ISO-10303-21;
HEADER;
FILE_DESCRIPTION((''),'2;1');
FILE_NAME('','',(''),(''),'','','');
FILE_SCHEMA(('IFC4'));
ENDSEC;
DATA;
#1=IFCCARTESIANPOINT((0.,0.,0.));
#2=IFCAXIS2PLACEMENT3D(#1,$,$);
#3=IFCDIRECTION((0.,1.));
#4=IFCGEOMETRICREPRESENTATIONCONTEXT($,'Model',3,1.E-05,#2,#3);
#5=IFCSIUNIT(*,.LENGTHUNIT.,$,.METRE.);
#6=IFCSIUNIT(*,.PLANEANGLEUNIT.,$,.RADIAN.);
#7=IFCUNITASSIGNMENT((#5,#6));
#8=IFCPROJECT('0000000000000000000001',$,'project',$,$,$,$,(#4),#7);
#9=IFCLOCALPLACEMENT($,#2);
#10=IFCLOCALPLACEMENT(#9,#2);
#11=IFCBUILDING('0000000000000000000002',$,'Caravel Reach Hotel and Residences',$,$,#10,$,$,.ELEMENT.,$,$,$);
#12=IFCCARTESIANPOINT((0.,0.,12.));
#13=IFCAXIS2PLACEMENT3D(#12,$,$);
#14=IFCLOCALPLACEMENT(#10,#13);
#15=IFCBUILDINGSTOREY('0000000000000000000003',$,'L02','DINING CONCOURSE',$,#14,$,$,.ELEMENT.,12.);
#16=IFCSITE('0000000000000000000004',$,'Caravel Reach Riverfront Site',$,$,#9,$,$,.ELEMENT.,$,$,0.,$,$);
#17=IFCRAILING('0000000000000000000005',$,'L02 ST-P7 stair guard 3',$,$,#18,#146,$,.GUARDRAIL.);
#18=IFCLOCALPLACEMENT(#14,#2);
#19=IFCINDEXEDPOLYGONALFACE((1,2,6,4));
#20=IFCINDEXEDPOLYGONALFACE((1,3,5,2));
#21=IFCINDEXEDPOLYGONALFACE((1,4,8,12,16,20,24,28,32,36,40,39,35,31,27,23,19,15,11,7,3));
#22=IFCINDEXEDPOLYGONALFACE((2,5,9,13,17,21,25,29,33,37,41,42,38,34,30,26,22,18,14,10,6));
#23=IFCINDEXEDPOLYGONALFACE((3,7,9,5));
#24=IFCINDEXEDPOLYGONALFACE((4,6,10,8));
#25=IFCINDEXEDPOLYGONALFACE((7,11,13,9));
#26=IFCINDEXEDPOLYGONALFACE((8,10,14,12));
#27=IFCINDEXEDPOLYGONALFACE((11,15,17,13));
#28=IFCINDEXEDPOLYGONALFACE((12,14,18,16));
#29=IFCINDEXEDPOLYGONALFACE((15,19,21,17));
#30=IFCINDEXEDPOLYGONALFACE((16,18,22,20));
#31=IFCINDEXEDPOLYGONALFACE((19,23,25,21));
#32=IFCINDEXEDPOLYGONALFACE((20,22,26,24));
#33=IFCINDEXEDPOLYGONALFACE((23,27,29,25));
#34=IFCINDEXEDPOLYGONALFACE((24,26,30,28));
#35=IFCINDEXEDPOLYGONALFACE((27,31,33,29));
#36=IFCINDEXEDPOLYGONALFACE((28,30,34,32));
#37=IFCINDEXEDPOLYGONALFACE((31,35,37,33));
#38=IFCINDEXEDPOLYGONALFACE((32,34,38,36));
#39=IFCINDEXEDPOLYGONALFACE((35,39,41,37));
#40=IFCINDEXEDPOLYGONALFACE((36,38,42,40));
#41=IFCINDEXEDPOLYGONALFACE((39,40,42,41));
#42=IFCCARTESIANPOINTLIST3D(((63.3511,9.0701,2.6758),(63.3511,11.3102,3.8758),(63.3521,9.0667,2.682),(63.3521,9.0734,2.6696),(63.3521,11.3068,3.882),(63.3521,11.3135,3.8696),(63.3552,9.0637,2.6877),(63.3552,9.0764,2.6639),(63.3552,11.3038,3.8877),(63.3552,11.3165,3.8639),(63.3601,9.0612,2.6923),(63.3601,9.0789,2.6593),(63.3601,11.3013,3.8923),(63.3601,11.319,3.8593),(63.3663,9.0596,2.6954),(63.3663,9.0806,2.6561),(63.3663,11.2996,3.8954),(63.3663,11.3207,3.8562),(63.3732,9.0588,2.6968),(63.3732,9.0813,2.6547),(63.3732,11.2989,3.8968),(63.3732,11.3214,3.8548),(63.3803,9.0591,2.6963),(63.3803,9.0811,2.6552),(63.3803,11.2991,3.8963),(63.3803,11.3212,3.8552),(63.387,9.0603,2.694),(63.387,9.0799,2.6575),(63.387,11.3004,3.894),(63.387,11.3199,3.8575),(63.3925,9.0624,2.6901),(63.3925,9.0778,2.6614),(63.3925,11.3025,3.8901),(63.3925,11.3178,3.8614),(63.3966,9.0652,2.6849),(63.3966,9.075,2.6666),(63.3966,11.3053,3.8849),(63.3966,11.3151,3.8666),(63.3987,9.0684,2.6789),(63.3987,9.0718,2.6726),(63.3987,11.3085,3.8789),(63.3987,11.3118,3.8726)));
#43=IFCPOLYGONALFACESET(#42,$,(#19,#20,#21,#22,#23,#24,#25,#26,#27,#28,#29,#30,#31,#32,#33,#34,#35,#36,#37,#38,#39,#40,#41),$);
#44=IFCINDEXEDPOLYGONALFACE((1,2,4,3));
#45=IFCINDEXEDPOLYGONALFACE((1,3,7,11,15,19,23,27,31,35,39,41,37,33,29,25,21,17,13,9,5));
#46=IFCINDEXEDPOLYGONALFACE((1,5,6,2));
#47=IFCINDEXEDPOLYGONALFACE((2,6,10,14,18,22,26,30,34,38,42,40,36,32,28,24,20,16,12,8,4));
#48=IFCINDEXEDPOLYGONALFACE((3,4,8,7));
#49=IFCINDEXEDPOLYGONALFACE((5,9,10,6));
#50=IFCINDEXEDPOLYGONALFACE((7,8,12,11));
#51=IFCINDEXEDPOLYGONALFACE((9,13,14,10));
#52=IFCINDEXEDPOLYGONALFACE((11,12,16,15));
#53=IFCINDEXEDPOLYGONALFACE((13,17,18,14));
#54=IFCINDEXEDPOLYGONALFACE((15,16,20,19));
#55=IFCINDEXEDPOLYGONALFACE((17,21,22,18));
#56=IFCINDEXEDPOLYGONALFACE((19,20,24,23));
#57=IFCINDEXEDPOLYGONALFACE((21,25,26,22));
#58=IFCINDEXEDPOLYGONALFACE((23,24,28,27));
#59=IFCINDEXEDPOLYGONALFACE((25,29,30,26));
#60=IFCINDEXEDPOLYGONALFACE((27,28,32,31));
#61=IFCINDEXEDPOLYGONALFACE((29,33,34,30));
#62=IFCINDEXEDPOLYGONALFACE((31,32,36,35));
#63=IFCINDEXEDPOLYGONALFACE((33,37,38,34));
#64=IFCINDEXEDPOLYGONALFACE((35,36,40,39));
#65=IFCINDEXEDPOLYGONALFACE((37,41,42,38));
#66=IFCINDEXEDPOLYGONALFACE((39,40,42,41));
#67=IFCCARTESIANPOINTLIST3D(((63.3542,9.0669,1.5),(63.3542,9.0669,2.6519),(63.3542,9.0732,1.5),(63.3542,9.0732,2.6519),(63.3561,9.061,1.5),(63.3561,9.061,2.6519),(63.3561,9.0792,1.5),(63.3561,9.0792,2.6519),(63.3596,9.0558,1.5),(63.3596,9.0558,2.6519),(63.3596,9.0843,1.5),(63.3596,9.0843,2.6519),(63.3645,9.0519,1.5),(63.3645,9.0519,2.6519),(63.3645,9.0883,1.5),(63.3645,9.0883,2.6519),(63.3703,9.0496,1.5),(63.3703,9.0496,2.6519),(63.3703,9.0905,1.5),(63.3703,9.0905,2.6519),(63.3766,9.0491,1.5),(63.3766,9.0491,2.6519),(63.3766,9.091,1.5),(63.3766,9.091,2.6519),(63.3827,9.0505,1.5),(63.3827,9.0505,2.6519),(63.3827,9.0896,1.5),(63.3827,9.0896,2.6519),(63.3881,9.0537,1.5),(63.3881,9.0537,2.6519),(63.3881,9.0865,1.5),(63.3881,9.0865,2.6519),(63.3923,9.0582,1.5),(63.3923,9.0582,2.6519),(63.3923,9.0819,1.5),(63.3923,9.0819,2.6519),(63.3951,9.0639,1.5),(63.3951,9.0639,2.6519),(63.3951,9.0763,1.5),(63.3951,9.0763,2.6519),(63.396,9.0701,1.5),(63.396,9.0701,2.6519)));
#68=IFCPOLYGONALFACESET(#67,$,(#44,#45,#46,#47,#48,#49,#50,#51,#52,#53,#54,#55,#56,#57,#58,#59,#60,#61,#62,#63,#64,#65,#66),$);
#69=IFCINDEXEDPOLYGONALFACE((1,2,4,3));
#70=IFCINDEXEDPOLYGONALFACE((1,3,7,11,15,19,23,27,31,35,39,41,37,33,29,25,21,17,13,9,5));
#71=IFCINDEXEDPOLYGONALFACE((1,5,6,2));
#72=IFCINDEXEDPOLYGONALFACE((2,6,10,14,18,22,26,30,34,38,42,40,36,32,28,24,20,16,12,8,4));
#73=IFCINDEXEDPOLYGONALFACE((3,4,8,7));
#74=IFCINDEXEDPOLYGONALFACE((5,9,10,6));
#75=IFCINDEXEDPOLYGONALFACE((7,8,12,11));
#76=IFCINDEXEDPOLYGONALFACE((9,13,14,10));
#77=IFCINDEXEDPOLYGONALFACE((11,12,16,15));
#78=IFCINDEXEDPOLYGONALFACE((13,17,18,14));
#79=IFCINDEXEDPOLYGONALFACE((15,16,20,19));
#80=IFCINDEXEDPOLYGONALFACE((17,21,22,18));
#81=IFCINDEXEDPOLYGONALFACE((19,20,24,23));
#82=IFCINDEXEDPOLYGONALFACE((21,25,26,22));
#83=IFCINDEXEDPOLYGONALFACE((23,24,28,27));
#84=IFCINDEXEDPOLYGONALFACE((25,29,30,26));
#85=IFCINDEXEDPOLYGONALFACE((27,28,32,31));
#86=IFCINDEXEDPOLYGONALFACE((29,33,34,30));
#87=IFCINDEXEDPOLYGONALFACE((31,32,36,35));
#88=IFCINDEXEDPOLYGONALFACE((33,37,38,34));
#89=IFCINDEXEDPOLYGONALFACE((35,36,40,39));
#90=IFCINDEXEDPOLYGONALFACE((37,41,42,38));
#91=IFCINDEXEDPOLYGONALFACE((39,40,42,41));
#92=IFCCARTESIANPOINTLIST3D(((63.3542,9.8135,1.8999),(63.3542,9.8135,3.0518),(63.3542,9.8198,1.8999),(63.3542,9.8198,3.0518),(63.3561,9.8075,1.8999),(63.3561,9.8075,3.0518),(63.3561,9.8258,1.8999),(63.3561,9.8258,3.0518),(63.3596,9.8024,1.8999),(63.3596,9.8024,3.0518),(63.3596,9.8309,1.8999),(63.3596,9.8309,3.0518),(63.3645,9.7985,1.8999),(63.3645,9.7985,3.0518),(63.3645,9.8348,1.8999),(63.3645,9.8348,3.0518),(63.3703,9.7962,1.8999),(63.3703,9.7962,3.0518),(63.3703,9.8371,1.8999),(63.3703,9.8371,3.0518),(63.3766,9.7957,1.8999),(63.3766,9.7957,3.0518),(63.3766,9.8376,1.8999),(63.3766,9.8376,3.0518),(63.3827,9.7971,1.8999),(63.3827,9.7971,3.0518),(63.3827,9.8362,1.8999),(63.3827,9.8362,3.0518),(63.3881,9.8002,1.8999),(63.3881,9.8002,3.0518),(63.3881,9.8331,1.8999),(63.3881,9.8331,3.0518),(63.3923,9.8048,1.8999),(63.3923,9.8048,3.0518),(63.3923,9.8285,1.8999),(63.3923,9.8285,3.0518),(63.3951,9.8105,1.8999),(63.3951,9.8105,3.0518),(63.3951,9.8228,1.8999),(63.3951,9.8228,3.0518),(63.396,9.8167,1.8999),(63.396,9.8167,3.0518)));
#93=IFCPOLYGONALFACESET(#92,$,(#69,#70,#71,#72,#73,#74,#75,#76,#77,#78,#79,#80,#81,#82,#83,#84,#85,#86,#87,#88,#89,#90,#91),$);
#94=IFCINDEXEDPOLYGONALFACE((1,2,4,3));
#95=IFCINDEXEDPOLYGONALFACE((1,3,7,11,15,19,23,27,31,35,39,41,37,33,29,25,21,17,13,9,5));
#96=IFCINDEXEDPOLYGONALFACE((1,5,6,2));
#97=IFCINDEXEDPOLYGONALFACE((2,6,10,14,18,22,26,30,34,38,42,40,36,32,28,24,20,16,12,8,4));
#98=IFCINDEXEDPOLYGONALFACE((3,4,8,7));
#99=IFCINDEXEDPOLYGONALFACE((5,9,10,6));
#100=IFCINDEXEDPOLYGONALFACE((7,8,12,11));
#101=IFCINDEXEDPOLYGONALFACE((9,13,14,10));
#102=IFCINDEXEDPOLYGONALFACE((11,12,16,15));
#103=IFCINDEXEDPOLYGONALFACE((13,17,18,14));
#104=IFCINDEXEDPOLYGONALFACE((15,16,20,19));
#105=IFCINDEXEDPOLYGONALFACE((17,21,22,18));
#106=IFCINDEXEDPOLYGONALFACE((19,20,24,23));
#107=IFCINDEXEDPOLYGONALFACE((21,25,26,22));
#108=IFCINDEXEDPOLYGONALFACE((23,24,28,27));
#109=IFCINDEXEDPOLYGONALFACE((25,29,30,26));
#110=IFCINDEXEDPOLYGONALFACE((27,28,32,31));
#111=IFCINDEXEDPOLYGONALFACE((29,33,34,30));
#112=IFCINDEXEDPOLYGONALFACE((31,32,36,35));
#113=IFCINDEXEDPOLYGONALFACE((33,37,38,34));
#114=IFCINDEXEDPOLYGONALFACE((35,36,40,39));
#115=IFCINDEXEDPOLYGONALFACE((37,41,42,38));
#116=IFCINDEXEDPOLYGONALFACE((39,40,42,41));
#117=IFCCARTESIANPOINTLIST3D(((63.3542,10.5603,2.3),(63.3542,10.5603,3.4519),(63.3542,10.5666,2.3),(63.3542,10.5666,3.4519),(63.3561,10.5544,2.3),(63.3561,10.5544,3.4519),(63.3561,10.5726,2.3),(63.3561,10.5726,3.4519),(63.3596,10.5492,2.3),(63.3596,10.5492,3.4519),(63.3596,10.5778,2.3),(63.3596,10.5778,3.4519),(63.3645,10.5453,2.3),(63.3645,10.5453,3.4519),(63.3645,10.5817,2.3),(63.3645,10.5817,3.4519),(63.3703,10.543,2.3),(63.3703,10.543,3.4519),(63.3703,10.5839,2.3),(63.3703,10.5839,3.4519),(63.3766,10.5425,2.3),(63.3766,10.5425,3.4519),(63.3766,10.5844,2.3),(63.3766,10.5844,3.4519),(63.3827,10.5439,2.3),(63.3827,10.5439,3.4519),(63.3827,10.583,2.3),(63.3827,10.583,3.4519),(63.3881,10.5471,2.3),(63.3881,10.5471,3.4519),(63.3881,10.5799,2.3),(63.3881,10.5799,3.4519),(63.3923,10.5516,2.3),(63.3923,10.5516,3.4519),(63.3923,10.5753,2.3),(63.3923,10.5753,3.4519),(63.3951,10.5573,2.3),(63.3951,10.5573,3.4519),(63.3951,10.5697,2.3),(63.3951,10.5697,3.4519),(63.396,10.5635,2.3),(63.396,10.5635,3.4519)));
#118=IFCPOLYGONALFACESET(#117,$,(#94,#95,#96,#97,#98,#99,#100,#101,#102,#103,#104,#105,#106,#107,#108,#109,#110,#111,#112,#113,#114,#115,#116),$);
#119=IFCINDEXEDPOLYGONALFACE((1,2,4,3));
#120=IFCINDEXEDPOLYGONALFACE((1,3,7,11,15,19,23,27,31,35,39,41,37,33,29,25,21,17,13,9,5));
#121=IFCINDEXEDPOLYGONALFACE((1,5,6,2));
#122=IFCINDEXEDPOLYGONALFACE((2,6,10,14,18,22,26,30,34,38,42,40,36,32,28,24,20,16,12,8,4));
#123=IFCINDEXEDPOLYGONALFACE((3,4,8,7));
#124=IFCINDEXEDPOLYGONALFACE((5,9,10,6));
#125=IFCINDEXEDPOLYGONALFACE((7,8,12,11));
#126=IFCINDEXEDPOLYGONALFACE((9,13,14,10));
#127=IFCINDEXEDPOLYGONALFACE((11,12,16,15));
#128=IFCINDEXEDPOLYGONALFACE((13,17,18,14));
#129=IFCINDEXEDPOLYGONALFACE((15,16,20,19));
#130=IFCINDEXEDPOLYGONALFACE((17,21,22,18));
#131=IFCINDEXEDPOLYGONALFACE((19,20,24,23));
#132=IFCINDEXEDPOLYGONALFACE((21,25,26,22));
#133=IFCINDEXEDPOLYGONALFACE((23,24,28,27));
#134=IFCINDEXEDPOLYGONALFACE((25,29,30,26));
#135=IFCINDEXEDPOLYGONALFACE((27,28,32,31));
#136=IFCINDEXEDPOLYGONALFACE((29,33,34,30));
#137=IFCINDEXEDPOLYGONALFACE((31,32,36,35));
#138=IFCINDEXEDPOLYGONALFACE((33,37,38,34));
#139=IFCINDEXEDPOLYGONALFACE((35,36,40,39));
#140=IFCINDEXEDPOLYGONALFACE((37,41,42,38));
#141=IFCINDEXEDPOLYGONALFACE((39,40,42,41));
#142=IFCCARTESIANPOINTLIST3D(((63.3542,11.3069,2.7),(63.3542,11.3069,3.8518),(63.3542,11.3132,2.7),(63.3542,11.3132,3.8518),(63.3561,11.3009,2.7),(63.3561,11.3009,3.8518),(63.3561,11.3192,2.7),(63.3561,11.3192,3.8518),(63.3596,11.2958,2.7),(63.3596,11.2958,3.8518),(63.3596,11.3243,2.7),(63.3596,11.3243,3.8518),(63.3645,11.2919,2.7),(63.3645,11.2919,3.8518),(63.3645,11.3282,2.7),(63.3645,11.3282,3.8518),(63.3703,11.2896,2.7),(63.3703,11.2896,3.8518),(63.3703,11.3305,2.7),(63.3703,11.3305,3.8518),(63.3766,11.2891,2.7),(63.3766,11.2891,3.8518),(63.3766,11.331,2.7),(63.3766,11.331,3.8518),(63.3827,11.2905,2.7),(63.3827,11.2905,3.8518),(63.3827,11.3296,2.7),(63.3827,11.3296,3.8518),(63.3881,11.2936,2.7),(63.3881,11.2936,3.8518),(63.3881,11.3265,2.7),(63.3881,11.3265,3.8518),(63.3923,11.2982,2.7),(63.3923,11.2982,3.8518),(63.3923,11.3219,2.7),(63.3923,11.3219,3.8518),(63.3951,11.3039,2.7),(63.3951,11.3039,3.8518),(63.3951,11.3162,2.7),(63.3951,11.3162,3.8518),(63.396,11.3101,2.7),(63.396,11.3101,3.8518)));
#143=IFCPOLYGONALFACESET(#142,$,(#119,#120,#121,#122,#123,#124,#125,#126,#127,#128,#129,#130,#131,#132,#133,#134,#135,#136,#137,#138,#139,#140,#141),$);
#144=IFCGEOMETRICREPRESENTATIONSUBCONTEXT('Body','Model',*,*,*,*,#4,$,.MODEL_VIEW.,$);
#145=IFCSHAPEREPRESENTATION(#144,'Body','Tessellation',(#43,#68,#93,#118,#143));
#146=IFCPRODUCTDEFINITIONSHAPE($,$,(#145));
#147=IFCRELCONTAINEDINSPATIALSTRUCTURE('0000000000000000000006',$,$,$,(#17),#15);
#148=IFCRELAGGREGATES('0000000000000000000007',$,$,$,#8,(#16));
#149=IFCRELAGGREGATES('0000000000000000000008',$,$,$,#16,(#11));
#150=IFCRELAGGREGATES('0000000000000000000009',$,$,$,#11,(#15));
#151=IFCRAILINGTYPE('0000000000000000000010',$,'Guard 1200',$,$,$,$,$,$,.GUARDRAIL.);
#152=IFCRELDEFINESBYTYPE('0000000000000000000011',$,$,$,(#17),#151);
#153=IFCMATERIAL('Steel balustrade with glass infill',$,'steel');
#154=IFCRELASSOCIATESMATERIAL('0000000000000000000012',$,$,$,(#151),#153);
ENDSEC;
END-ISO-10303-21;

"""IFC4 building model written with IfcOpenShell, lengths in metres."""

from ifc_helpers import new_model, si_unit, direction, frame, origin, origin_2d, place, context, subcontext, project, spatial, circle, extrude, material, type_object, element, save


model = new_model("IFC4")

# Units and contexts
model_context = context("Model", 3, precision=1e-05, world=origin(), true_north=direction((0.0, 1.0)))
body_context = subcontext(model_context, "Body", "Model", "MODEL_VIEW")
ifc_project = project(units=[si_unit("LENGTHUNIT", "METRE"), si_unit("PLANEANGLEUNIT", "RADIAN")], contexts=[model_context])

# Site, building, storey
site_placement = place(None, origin())
site = spatial("IfcSite", under=ifc_project, at=site_placement, Name="Caravel Reach Riverfront Site", CompositionType="ELEMENT", RefElevation=0.0)
building_placement = place(site_placement, origin())
building = spatial("IfcBuilding", under=site, at=building_placement, Name="Caravel Reach Hotel and Residences", CompositionType="ELEMENT")
storey_placement = place(building_placement, frame((0.0, 0.0, 12.0)))
storey = spatial("IfcBuildingStorey", under=building, at=storey_placement, Name="L02", Description="DINING CONCOURSE", CompositionType="ELEMENT", Elevation=12.0)

# Railing
ifc_material_1 = material(Name="Steel balustrade with glass infill", Category="steel")
railing_type_1 = type_object("IfcRailingType", Name="Guard 1200", PredefinedType="GUARDRAIL", material=ifc_material_1)
railing_1_placement = place(storey_placement, frame((63.375, 9.0701, 1.5)))
element("IfcRailing", 1, at=railing_1_placement, inside=storey, type_object=railing_type_1, Name="L02 ST-P7 stair guard 3", PredefinedType="GUARDRAIL", context=body_context, shape_type="SweptSolid", body=[
    extrude(circle(Radius=0.0239, at=origin_2d()), frame((0.0, 0.0, 1.1758), z_axis=(0.0, 0.881487, 0.472208), x_axis=(-1.0, 0.0, 0.0)), (0.0, 0.0, 1.0), 2.5413),
    extrude(circle(Radius=0.021, at=origin_2d()), origin(), (0.0, 0.0, 1.0), 1.1519),
    extrude(circle(Radius=0.021, at=origin_2d()), frame((0.0, 0.7466, 0.3999)), (0.0, 0.0, 1.0), 1.1519),
    extrude(circle(Radius=0.021, at=origin_2d()), frame((0.0, 1.4934, 0.8)), (0.0, 0.0, 1.0), 1.1519),
    extrude(circle(Radius=0.021, at=origin_2d()), frame((0.0, 2.24, 1.2)), (0.0, 0.0, 1.0), 1.1519),
])

save(model, "model.ifc")
